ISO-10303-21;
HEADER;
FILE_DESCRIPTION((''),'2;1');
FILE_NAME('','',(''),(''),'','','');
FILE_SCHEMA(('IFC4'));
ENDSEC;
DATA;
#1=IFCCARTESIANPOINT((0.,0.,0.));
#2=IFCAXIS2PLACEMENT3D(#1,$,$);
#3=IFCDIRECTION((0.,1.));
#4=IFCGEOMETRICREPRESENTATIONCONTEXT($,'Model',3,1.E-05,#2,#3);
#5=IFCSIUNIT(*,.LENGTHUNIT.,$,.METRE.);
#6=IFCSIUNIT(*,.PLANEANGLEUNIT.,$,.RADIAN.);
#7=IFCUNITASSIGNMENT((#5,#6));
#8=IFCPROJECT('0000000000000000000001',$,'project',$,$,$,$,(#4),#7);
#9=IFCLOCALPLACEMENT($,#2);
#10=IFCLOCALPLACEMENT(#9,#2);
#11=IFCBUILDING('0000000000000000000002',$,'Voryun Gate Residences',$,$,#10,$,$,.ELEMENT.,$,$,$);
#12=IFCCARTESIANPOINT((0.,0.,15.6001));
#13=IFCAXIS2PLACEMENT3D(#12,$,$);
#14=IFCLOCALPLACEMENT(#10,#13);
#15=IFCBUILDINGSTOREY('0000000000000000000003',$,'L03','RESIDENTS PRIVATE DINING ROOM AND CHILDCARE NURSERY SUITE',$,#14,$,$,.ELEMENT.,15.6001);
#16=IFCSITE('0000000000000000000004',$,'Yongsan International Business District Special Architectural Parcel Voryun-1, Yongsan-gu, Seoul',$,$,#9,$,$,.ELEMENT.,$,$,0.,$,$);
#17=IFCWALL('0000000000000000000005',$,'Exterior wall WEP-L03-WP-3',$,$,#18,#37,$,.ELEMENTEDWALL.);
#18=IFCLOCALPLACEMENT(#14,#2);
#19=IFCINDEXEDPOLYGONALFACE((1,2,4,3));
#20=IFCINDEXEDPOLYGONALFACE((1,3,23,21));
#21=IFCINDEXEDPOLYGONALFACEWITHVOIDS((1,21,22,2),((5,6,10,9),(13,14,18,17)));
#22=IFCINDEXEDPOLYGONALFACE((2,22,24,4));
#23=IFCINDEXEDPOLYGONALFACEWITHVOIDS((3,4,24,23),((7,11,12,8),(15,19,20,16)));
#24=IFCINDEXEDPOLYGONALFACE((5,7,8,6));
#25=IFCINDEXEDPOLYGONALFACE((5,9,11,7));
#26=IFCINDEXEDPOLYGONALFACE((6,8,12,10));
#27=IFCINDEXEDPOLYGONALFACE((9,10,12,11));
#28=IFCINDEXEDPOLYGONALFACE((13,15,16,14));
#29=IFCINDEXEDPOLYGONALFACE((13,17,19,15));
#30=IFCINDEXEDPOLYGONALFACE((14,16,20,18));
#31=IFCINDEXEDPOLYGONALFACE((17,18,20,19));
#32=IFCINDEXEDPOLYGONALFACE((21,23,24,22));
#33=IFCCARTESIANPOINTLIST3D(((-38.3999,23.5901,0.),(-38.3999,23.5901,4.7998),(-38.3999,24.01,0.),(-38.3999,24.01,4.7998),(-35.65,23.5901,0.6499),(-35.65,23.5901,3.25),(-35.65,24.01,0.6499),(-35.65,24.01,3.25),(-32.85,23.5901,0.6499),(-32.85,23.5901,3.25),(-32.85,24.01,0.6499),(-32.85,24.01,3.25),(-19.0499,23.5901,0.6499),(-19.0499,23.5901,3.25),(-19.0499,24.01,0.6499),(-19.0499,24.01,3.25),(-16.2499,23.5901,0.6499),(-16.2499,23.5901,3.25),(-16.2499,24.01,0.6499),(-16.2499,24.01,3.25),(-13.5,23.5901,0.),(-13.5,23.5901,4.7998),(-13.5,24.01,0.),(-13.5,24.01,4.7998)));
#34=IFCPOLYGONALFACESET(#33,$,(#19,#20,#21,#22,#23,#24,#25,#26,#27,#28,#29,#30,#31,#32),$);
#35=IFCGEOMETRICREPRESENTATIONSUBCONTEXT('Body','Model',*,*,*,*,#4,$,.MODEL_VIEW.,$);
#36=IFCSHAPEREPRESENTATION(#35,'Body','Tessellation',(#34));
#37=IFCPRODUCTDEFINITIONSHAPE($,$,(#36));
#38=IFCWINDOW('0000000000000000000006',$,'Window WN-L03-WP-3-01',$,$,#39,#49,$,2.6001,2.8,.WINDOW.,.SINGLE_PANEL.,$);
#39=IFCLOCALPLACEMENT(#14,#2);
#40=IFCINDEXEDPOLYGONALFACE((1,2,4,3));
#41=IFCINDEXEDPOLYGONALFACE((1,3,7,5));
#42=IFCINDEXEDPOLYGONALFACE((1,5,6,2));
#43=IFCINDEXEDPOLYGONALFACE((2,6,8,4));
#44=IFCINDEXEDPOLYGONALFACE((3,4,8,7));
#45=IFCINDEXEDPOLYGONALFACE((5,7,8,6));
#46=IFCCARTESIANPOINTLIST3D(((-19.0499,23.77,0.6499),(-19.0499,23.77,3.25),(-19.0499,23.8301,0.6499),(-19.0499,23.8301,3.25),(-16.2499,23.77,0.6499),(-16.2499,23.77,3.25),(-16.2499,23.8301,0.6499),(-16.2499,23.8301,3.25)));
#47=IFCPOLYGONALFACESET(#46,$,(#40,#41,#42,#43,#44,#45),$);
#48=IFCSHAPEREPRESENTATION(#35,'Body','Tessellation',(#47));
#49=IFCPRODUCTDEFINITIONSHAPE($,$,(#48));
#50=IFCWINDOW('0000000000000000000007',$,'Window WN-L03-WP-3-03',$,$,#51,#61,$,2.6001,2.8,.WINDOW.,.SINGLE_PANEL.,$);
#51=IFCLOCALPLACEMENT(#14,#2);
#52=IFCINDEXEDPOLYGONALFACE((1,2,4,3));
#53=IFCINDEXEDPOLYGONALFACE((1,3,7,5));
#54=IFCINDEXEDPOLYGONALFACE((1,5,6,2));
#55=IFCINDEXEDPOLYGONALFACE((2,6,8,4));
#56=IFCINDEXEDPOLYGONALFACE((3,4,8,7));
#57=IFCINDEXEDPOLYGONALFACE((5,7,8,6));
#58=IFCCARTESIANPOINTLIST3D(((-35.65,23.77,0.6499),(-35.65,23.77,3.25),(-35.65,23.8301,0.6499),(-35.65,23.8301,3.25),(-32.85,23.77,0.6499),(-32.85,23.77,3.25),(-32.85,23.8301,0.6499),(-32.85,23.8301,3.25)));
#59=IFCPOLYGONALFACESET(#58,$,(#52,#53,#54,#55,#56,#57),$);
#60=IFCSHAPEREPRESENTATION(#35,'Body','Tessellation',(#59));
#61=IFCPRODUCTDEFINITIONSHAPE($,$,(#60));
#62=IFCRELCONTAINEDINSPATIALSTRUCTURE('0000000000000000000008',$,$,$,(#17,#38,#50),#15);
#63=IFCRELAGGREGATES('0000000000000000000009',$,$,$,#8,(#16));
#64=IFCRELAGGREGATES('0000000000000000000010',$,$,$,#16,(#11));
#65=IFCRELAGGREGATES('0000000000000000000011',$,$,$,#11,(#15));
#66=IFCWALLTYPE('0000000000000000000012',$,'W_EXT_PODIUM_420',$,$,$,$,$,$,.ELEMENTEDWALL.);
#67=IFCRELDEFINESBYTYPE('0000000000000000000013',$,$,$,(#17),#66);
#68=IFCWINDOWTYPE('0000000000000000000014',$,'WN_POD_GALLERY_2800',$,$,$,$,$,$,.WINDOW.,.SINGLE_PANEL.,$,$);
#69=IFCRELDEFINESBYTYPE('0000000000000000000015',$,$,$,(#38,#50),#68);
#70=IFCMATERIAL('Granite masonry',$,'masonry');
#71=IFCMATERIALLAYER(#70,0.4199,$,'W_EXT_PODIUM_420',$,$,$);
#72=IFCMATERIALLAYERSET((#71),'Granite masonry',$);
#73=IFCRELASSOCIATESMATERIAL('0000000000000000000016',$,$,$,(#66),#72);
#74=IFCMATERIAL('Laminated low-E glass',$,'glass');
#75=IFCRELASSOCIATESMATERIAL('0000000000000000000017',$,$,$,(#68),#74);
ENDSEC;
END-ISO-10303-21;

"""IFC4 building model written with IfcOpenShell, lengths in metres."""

from ifc_helpers import new_model, si_unit, direction, frame, frame_2d, origin, place, context, subcontext, project, spatial, rectangle, extrude, material, layer, layer_set, type_object, element, fill, save


model = new_model("IFC4")

# Units and contexts
model_context = context("Model", 3, precision=1e-05, world=origin(), true_north=direction((0.0, 1.0)))
body_context = subcontext(model_context, "Body", "Model", "MODEL_VIEW")
ifc_project = project(units=[si_unit("LENGTHUNIT", "METRE"), si_unit("PLANEANGLEUNIT", "RADIAN")], contexts=[model_context])

# Site, building, storey
site_placement = place(None, origin())
site = spatial("IfcSite", under=ifc_project, at=site_placement, Name="Yongsan International Business District Special Architectural Parcel Voryun-1, Yongsan-gu, Seoul", CompositionType="ELEMENT", RefElevation=0.0)
building_placement = place(site_placement, origin())
building = spatial("IfcBuilding", under=site, at=building_placement, Name="Voryun Gate Residences", CompositionType="ELEMENT")
storey_placement = place(building_placement, frame((0.0, 0.0, 15.6001)))
storey = spatial("IfcBuildingStorey", under=building, at=storey_placement, Name="L03", Description="RESIDENTS PRIVATE DINING ROOM AND CHILDCARE NURSERY SUITE", CompositionType="ELEMENT", Elevation=15.6001)

# Shared definitions
ifc_material_1 = material(Name="Granite masonry", Category="masonry")
ifc_layer_1 = layer(ifc_material_1, 0.4199, Name="W_EXT_PODIUM_420")
ifc_layer_set_1 = layer_set([ifc_layer_1], Name="Granite masonry")
wall_type = type_object("IfcWallType", Name="W_EXT_PODIUM_420", PredefinedType="ELEMENTEDWALL", material=ifc_layer_set_1)

# Wall, openings, windows
wall_1_placement = place(storey_placement, frame((-13.5, 23.8, 0.0), z_axis=(0.0, 0.0, 1.0), x_axis=(-1.0, 0.0, 0.0)))
wall_1 = element("IfcWall", 1, at=wall_1_placement, inside=storey, type_object=wall_type, Name="Exterior wall WEP-L03-WP-3", PredefinedType="ELEMENTEDWALL", context=body_context, shape_type="SweptSolid", body=[
    extrude(rectangle(XDim=24.8999, YDim=0.4199, at=frame_2d((12.45, 0.0))), origin(), (0.0, 0.0, 1.0), 4.7998),
])
opening_1_placement = place(wall_1_placement, frame((2.75, 0.0, 0.6499)))
opening_1 = element("IfcOpeningElement", 2, at=opening_1_placement, cuts=wall_1, PredefinedType="OPENING", context=body_context, shape_type="SweptSolid", body=[
    extrude(rectangle(XDim=2.8, YDim=2.6001, at=frame_2d((1.3999, 1.3))), frame((0.0, 0.22, 0.0), z_axis=(0.0, -1.0, 0.0), x_axis=(1.0, 0.0, 0.0)), (0.0, 0.0, 1.0), 0.4399),
])
opening_2_placement = place(wall_1_placement, frame((19.3501, 0.0, 0.6499)))
opening_2 = element("IfcOpeningElement", 3, at=opening_2_placement, cuts=wall_1, PredefinedType="OPENING", context=body_context, shape_type="SweptSolid", body=[
    extrude(rectangle(XDim=2.8, YDim=2.6001, at=frame_2d((1.3999, 1.3))), frame((0.0, 0.22, 0.0), z_axis=(0.0, -1.0, 0.0), x_axis=(1.0, 0.0, 0.0)), (0.0, 0.0, 1.0), 0.4399),
])
ifc_material_2 = material(Name="Laminated low-E glass", Category="glass")
window_type = type_object("IfcWindowType", Name="WN_POD_GALLERY_2800", PartitioningType="SINGLE_PANEL", PredefinedType="WINDOW", material=ifc_material_2)
window_1_placement = place(opening_1_placement, origin())
window_1 = element("IfcWindow", 4, at=window_1_placement, inside=storey, type_object=window_type, Name="Window WN-L03-WP-3-01", OverallHeight=2.6001, OverallWidth=2.8, PartitioningType="SINGLE_PANEL", PredefinedType="WINDOW", context=body_context, shape_type="SweptSolid", body=[
    extrude(rectangle(XDim=2.8, YDim=2.6001, at=frame_2d((1.3999, 1.3))), frame((0.0, 0.03, 0.0), z_axis=(0.0, -1.0, 0.0), x_axis=(1.0, 0.0, 0.0)), (0.0, 0.0, 1.0), 0.0601),
])
fill(opening_1, window_1)
window_2_placement = place(opening_2_placement, origin())
window_2 = element("IfcWindow", 5, at=window_2_placement, inside=storey, type_object=window_type, Name="Window WN-L03-WP-3-03", OverallHeight=2.6001, OverallWidth=2.8, PartitioningType="SINGLE_PANEL", PredefinedType="WINDOW", context=body_context, shape_type="SweptSolid", body=[
    extrude(rectangle(XDim=2.8, YDim=2.6001, at=frame_2d((1.3999, 1.3))), frame((0.0, 0.03, 0.0), z_axis=(0.0, -1.0, 0.0), x_axis=(1.0, 0.0, 0.0)), (0.0, 0.0, 1.0), 0.0601),
])
fill(opening_2, window_2)

save(model, "model.ifc")
